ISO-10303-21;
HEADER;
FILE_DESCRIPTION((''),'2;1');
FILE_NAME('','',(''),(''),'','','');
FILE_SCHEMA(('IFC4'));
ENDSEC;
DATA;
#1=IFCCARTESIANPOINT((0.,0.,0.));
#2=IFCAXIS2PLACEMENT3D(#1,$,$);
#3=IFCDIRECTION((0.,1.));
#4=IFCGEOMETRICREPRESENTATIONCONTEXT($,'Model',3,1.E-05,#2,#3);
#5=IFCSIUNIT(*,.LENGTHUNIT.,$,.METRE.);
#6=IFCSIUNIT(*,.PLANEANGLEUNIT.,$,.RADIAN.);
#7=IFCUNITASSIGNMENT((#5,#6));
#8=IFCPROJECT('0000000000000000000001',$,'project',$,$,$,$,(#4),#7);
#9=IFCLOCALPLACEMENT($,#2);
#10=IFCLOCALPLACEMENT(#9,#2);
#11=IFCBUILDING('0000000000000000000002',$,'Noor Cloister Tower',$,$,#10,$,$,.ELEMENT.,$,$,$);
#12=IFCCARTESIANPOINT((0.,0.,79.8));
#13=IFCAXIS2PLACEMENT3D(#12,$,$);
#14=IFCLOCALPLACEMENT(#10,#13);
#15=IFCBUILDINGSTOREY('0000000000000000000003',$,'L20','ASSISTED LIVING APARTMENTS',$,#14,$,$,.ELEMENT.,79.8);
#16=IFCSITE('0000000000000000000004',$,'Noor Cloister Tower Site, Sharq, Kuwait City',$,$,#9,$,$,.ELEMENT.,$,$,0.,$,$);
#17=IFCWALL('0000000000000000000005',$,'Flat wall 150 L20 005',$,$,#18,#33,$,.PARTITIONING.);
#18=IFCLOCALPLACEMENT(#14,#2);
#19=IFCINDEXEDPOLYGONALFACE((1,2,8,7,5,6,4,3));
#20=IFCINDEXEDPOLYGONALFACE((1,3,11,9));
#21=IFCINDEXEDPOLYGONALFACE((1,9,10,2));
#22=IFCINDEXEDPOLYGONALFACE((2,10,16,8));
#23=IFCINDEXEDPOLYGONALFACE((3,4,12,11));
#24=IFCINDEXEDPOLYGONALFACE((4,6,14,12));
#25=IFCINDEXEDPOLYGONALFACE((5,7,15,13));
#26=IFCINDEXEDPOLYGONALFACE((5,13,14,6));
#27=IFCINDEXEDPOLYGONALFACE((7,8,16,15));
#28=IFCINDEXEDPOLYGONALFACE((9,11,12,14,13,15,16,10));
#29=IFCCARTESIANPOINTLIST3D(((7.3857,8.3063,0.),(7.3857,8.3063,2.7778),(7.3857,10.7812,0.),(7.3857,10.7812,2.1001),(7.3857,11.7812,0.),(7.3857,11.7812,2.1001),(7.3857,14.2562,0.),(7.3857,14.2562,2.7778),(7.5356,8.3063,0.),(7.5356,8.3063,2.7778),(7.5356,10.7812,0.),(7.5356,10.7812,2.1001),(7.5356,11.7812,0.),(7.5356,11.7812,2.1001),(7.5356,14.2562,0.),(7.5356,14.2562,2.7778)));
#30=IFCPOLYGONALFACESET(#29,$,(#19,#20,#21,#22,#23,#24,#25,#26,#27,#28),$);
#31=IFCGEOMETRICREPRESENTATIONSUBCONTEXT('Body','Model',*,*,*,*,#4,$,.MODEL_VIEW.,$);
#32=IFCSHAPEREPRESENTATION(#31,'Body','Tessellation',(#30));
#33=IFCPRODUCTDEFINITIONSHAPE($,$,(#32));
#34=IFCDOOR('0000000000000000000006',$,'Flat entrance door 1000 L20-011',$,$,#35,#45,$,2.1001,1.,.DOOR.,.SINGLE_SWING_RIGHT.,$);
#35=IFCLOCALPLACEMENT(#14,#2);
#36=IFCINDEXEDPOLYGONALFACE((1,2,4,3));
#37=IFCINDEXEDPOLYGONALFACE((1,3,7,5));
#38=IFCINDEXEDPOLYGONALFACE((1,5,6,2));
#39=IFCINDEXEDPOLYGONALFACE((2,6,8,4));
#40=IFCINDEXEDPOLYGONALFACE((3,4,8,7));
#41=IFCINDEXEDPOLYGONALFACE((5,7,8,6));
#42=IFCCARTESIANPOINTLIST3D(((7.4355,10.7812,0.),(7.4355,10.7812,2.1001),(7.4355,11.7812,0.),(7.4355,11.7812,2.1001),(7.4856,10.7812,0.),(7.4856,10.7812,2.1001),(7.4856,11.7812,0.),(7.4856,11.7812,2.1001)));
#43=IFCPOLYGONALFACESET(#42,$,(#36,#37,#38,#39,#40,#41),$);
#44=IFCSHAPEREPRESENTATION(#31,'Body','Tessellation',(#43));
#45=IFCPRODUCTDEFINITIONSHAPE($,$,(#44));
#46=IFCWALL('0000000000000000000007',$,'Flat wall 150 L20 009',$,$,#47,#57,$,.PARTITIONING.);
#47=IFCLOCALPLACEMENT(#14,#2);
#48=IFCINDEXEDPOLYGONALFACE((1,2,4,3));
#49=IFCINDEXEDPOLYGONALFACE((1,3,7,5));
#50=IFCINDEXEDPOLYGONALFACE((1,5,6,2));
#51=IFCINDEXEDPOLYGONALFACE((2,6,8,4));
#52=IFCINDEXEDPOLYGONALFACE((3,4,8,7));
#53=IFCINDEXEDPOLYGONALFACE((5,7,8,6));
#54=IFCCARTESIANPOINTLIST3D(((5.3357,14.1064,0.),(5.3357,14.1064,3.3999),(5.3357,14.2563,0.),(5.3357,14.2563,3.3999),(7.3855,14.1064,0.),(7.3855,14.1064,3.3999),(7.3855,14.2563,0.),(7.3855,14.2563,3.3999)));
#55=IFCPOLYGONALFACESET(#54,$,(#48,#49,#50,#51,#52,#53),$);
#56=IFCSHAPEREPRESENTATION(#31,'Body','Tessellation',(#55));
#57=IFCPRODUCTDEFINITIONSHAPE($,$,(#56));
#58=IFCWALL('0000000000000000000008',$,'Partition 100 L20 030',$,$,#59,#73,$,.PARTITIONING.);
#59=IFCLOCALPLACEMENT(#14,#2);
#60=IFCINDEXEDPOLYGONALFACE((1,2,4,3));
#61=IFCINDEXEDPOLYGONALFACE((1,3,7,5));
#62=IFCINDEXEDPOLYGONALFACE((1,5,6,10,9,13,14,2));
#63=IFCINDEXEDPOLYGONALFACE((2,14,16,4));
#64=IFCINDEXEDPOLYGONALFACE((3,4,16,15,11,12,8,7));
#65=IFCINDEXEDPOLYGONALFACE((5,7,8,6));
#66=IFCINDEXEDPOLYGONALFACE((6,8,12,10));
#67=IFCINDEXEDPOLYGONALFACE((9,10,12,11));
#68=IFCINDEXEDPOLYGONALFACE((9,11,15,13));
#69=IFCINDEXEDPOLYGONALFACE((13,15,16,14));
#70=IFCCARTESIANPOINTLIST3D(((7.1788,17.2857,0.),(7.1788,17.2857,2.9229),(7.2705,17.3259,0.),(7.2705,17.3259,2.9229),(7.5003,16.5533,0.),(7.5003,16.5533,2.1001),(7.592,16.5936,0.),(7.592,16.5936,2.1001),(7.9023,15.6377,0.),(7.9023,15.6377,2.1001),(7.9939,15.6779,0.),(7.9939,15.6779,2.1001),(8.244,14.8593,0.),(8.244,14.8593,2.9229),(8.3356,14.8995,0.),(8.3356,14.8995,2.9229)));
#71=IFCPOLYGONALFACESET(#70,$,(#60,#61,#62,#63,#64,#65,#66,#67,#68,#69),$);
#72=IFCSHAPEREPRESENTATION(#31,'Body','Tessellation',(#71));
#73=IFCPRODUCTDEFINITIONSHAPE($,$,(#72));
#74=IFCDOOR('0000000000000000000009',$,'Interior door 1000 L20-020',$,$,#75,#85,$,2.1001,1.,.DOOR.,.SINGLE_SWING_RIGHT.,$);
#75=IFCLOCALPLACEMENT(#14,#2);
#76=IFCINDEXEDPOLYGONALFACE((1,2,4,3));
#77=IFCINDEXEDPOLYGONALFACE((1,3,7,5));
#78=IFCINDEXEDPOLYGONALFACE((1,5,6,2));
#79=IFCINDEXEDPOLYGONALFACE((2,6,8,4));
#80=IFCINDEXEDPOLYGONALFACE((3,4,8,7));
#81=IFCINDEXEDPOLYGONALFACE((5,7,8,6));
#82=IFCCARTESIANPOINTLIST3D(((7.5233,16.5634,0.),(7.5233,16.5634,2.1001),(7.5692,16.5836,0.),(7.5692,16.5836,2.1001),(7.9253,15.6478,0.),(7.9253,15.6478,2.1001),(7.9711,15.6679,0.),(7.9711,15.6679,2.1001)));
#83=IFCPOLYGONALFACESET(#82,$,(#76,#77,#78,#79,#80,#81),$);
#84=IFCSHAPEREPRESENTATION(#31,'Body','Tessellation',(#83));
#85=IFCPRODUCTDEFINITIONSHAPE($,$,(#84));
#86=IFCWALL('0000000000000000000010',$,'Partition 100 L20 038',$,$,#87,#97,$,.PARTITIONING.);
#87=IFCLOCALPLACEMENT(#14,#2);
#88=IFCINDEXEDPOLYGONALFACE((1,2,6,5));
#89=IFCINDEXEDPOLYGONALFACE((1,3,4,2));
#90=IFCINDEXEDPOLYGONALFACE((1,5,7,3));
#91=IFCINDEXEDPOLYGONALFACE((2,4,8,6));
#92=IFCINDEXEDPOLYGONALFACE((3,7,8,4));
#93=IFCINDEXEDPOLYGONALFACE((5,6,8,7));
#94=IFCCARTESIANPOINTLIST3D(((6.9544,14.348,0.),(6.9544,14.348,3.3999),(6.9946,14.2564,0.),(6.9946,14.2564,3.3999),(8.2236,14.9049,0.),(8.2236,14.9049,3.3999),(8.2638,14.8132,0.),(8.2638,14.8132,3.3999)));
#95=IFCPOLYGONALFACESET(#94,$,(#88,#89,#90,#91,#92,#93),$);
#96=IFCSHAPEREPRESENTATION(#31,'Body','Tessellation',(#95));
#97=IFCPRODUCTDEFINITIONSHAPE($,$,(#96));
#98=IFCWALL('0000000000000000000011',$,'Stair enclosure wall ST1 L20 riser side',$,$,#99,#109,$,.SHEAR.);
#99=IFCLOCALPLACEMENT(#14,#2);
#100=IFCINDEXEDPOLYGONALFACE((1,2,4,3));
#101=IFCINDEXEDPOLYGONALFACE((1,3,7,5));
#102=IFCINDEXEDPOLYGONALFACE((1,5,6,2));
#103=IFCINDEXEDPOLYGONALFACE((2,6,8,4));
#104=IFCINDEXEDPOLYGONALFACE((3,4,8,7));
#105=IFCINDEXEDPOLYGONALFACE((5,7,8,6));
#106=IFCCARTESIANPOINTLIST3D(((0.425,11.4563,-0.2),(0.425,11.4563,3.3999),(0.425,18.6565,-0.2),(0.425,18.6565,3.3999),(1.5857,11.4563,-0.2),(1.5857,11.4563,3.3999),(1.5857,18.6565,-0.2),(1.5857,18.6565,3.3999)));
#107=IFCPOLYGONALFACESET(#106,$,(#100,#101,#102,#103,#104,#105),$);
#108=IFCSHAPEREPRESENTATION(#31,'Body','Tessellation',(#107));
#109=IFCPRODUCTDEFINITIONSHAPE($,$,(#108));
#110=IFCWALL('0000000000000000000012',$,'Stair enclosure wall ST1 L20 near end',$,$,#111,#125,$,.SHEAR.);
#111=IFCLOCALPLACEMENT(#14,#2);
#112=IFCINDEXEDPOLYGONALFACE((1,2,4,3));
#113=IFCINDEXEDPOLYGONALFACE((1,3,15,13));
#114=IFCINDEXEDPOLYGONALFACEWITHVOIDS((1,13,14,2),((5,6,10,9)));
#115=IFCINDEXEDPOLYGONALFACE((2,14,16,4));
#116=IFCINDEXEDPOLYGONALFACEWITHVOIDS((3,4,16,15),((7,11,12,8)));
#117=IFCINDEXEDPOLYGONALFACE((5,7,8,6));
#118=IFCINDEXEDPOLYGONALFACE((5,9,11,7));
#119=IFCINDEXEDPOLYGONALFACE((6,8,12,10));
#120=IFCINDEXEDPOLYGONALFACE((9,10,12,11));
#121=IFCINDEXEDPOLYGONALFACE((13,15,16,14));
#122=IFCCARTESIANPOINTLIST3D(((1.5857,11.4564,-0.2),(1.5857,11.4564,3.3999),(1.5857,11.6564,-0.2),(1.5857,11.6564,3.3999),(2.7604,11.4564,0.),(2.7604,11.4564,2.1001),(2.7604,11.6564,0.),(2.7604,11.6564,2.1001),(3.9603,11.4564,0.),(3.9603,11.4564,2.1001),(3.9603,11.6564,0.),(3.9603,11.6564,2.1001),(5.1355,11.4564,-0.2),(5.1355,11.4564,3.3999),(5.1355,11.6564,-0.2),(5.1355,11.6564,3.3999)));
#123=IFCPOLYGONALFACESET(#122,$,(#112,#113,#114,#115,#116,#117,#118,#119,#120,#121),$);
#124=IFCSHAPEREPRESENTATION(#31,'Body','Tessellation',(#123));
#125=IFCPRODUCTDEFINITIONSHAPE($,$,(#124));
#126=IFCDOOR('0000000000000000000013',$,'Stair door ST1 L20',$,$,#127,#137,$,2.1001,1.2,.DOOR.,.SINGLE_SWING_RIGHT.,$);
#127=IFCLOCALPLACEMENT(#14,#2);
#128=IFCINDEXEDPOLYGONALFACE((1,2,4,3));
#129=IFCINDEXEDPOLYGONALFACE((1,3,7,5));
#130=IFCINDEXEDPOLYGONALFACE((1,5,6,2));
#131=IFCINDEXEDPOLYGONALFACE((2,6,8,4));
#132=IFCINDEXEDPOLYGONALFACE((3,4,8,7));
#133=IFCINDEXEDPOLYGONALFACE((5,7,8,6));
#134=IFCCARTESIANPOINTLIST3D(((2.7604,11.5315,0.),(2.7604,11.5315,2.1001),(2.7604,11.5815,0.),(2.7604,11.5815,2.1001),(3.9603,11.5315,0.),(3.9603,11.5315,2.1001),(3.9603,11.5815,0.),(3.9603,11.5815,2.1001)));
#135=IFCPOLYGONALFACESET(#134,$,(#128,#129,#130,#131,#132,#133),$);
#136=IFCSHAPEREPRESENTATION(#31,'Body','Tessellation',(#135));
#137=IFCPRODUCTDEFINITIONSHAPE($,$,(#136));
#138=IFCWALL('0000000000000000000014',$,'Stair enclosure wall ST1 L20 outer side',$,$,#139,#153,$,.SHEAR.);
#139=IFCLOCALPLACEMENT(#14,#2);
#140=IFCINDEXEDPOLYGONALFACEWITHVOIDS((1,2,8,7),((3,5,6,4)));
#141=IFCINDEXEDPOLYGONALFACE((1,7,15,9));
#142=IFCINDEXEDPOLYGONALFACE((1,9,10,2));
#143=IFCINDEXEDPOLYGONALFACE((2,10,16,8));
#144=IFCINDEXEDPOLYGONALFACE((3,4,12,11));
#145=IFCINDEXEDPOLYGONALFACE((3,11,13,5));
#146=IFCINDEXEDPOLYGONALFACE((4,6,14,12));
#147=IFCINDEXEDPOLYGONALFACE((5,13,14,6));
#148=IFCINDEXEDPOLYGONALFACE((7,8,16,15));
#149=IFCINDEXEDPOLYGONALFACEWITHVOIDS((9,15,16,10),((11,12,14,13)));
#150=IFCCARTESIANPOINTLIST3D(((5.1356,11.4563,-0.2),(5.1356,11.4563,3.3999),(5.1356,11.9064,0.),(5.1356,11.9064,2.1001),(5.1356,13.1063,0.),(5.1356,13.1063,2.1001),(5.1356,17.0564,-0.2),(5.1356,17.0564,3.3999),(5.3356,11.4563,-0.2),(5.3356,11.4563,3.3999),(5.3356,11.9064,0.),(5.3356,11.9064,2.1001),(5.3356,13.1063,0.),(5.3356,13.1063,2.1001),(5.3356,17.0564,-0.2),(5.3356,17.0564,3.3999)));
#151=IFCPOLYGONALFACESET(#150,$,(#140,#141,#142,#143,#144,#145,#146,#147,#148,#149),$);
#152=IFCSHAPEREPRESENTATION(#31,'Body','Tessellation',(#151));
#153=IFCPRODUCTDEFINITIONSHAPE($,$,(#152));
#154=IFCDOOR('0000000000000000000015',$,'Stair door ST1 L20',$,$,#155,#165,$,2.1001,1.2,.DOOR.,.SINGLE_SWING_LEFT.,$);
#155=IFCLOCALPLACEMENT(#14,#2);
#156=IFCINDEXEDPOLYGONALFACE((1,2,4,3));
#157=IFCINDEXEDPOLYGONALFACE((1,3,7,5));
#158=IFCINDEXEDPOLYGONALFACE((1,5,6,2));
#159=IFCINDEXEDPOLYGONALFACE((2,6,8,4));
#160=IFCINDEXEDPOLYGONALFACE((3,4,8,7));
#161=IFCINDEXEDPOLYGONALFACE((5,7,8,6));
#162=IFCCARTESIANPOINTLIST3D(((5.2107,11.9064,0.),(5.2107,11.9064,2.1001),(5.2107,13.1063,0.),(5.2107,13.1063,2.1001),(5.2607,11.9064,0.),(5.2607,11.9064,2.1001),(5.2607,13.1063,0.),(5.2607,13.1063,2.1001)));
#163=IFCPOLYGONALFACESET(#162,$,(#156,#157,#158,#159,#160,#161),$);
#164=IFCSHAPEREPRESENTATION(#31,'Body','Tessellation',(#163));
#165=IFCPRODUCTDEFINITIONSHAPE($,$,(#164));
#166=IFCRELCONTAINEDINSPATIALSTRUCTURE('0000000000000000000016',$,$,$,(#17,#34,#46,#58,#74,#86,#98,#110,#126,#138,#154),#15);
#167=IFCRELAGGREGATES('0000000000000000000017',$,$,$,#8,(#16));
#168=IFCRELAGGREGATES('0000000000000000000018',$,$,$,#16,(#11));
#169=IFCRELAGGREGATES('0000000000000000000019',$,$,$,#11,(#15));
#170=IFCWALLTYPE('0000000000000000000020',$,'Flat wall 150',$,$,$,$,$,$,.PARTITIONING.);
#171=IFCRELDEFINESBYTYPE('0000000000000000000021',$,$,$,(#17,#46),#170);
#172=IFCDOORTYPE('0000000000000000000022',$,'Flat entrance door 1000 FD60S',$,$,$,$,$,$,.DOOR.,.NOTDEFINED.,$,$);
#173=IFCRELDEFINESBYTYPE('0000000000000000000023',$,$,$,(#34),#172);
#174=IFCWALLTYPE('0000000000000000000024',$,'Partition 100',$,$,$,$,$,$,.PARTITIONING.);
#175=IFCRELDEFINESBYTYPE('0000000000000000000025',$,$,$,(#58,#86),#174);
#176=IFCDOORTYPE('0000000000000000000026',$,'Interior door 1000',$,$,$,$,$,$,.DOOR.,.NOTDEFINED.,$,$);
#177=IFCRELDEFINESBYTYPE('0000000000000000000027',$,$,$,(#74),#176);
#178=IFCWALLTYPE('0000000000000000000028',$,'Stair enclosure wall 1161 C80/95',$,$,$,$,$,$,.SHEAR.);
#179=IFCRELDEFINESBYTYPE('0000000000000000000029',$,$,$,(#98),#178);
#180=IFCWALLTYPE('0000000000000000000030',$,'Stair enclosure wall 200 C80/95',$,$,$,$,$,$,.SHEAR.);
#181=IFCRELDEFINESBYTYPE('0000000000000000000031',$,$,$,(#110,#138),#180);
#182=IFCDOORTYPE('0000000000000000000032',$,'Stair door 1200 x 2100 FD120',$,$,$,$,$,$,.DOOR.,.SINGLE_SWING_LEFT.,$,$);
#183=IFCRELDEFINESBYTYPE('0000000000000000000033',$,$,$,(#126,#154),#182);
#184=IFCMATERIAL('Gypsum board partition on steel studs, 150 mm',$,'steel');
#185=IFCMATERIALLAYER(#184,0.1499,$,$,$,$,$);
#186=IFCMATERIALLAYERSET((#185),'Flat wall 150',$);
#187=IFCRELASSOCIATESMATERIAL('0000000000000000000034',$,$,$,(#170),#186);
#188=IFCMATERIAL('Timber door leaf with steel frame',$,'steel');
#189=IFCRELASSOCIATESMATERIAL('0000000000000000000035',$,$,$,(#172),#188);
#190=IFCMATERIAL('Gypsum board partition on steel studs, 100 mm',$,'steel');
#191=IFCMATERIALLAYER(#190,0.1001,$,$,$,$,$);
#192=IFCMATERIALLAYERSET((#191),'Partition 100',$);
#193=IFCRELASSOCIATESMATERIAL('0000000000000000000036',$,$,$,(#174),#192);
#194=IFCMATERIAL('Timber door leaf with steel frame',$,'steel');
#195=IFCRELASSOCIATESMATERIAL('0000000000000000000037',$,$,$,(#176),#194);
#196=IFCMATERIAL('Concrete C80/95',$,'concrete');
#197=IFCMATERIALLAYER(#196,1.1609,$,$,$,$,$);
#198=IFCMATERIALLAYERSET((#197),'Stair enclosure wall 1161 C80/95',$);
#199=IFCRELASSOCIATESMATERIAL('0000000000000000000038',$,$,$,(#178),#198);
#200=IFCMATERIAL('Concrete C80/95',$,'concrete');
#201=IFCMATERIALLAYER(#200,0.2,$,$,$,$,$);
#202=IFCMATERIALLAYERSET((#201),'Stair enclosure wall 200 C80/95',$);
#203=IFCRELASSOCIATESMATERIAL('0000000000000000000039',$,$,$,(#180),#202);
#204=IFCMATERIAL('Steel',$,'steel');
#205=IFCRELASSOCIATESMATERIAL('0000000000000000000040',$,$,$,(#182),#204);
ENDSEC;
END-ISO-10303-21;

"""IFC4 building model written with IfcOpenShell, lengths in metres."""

from ifc_helpers import new_model, si_unit, direction, frame, frame_2d, origin, place, context, subcontext, project, spatial, rectangle, extrude, material, layer, layer_set, type_object, element, fill, save


model = new_model("IFC4")

# Units and contexts
model_context = context("Model", 3, precision=1e-05, world=origin(), true_north=direction((0.0, 1.0)))
body_context = subcontext(model_context, "Body", "Model", "MODEL_VIEW")
ifc_project = project(units=[si_unit("LENGTHUNIT", "METRE"), si_unit("PLANEANGLEUNIT", "RADIAN")], contexts=[model_context])

# Site, building, storey
site_placement = place(None, origin())
site = spatial("IfcSite", under=ifc_project, at=site_placement, Name="Noor Cloister Tower Site, Sharq, Kuwait City", CompositionType="ELEMENT", RefElevation=0.0)
building_placement = place(site_placement, origin())
building = spatial("IfcBuilding", under=site, at=building_placement, Name="Noor Cloister Tower", CompositionType="ELEMENT")
storey_placement = place(building_placement, frame((0.0, 0.0, 79.8)))
storey = spatial("IfcBuildingStorey", under=building, at=storey_placement, Name="L20", Description="ASSISTED LIVING APARTMENTS", CompositionType="ELEMENT", Elevation=79.8)

# Wall, opening, door
ifc_material_1 = material(Name="Gypsum board partition on steel studs, 150 mm", Category="steel")
ifc_layer_1 = layer(ifc_material_1, 0.1499)
ifc_layer_set_1 = layer_set([ifc_layer_1], Name="Flat wall 150")
wall_type_1 = type_object("IfcWallType", Name="Flat wall 150", PredefinedType="PARTITIONING", material=ifc_layer_set_1)
wall_1_placement = place(storey_placement, frame((7.4607, 14.2563, 0.0), z_axis=(0.0, 0.0, 1.0), x_axis=(0.0, -1.0, 0.0)))
wall_1 = element("IfcWall", 1, at=wall_1_placement, inside=storey, type_object=wall_type_1, Name="Flat wall 150 L20 005", PredefinedType="PARTITIONING", context=body_context, shape_type="SweptSolid", body=[
    extrude(rectangle(XDim=5.95, YDim=0.1499, at=frame_2d((2.9751, 0.0))), origin(), (0.0, 0.0, 1.0), 2.7778),
])
opening_1_placement = place(wall_1_placement, frame((2.4751, 0.0, 0.0)))
opening_1 = element("IfcOpeningElement", 2, at=opening_1_placement, cuts=wall_1, PredefinedType="OPENING", context=body_context, shape_type="SweptSolid", body=[
    extrude(rectangle(XDim=1.0, YDim=2.1001, at=frame_2d((0.5, 1.05))), frame((0.0, 0.085, 0.0), z_axis=(0.0, -1.0, 0.0), x_axis=(1.0, 0.0, 0.0)), (0.0, 0.0, 1.0), 0.1699),
])
ifc_material_2 = material(Name="Timber door leaf with steel frame", Category="steel")
door_type_1 = type_object("IfcDoorType", Name="Flat entrance door 1000 FD60S", OperationType="NOTDEFINED", PredefinedType="DOOR", material=ifc_material_2)
door_1_placement = place(opening_1_placement, origin())
door_1 = element("IfcDoor", 3, at=door_1_placement, inside=storey, type_object=door_type_1, Name="Flat entrance door 1000 L20-011", OperationType="SINGLE_SWING_RIGHT", OverallHeight=2.1001, OverallWidth=1.0, PredefinedType="DOOR", context=body_context, shape_type="SweptSolid", body=[
    extrude(rectangle(XDim=1.0, YDim=2.1001, at=frame_2d((0.5, 1.05))), frame((0.0, 0.0249, 0.0), z_axis=(0.0, -1.0, 0.0), x_axis=(1.0, 0.0, 0.0)), (0.0, 0.0, 1.0), 0.05),
])
fill(opening_1, door_1)

# Wall
wall_2_placement = place(storey_placement, frame((5.3357, 14.1814, 0.0), z_axis=(0.0, 0.0, 1.0), x_axis=(1.0, 0.0, 0.0)))
element("IfcWall", 4, at=wall_2_placement, inside=storey, type_object=wall_type_1, Name="Flat wall 150 L20 009", PredefinedType="PARTITIONING", context=body_context, shape_type="SweptSolid", body=[
    extrude(rectangle(XDim=2.0498, YDim=0.1499, at=frame_2d((1.0249, 0.0))), origin(), (0.0, 0.0, 1.0), 3.3999),
])

# Wall, opening, door
ifc_material_3 = material(Name="Gypsum board partition on steel studs, 100 mm", Category="steel")
ifc_layer_2 = layer(ifc_material_3, 0.1001)
ifc_layer_set_2 = layer_set([ifc_layer_2], Name="Partition 100")
wall_type_2 = type_object("IfcWallType", Name="Partition 100", PredefinedType="PARTITIONING", material=ifc_layer_set_2)
wall_3_placement = place(storey_placement, frame((8.2898, 14.8794, 0.0), z_axis=(0.0, 0.0, 1.0), x_axis=(-0.401954, 0.91566, 0.0)))
wall_3 = element("IfcWall", 5, at=wall_3_placement, inside=storey, type_object=wall_type_2, Name="Partition 100 L20 030", PredefinedType="PARTITIONING", context=body_context, shape_type="SweptSolid", body=[
    extrude(rectangle(XDim=2.6499, YDim=0.1001, at=frame_2d((1.325, 0.0))), origin(), (0.0, 0.0, 1.0), 2.9229),
])
opening_2_placement = place(wall_3_placement, frame((0.8501, 0.0, 0.0)))
opening_2 = element("IfcOpeningElement", 6, at=opening_2_placement, cuts=wall_3, PredefinedType="OPENING", context=body_context, shape_type="SweptSolid", body=[
    extrude(rectangle(XDim=1.0, YDim=2.1001, at=frame_2d((0.5, 1.05))), frame((0.0, 0.0601, 0.0), z_axis=(0.0, -1.0, 0.0), x_axis=(1.0, 0.0, 0.0)), (0.0, 0.0, 1.0), 0.1201),
])
ifc_material_4 = material(Name="Timber door leaf with steel frame", Category="steel")
door_type_2 = type_object("IfcDoorType", Name="Interior door 1000", OperationType="NOTDEFINED", PredefinedType="DOOR", material=ifc_material_4)
door_2_placement = place(opening_2_placement, origin())
door_2 = element("IfcDoor", 7, at=door_2_placement, inside=storey, type_object=door_type_2, Name="Interior door 1000 L20-020", OperationType="SINGLE_SWING_RIGHT", OverallHeight=2.1001, OverallWidth=1.0, PredefinedType="DOOR", context=body_context, shape_type="SweptSolid", body=[
    extrude(rectangle(XDim=1.0, YDim=2.1001, at=frame_2d((0.5, 1.05))), frame((0.0, 0.0249, 0.0), z_axis=(0.0, -1.0, 0.0), x_axis=(1.0, 0.0, 0.0)), (0.0, 0.0, 1.0), 0.05),
])
fill(opening_2, door_2)

# Walls
wall_4_placement = place(storey_placement, frame((6.9746, 14.3022, 0.0), z_axis=(0.0, 0.0, 1.0), x_axis=(0.91574, 0.40177, 0.0)))
element("IfcWall", 8, at=wall_4_placement, inside=storey, type_object=wall_type_2, Name="Partition 100 L20 038", PredefinedType="PARTITIONING", context=body_context, shape_type="SweptSolid", body=[
    extrude(rectangle(XDim=1.386, YDim=0.1001, at=frame_2d((0.6929, 0.0))), origin(), (0.0, 0.0, 1.0), 3.3999),
])
ifc_material_5 = material(Name="Concrete C80/95", Category="concrete")
ifc_layer_3 = layer(ifc_material_5, 1.1609)
ifc_layer_set_3 = layer_set([ifc_layer_3], Name="Stair enclosure wall 1161 C80/95")
wall_type_3 = type_object("IfcWallType", Name="Stair enclosure wall 1161 C80/95", PredefinedType="SHEAR", material=ifc_layer_set_3)
wall_5_placement = place(storey_placement, frame((1.0054, 11.4563, -0.2), z_axis=(0.0, 0.0, 1.0), x_axis=(0.0, 1.0, 0.0)))
element("IfcWall", 9, at=wall_5_placement, inside=storey, type_object=wall_type_3, Name="Stair enclosure wall ST1 L20 riser side", PredefinedType="SHEAR", context=body_context, shape_type="SweptSolid", body=[
    extrude(rectangle(XDim=7.2002, YDim=1.1606, at=frame_2d((3.6001, 0.0))), origin(), (0.0, 0.0, 1.0), 3.5999),
])

# Walls, openings, doors
ifc_material_6 = material(Name="Concrete C80/95", Category="concrete")
ifc_layer_4 = layer(ifc_material_6, 0.2)
ifc_layer_set_4 = layer_set([ifc_layer_4], Name="Stair enclosure wall 200 C80/95")
wall_type_4 = type_object("IfcWallType", Name="Stair enclosure wall 200 C80/95", PredefinedType="SHEAR", material=ifc_layer_set_4)
wall_6_placement = place(storey_placement, frame((5.1355, 11.5564, -0.2), z_axis=(0.0, 0.0, 1.0), x_axis=(-1.0, 0.0, 0.0)))
wall_6 = element("IfcWall", 10, at=wall_6_placement, inside=storey, type_object=wall_type_4, Name="Stair enclosure wall ST1 L20 near end", PredefinedType="SHEAR", context=body_context, shape_type="SweptSolid", body=[
    extrude(rectangle(XDim=3.5498, YDim=0.2, at=frame_2d((1.7749, 0.0))), origin(), (0.0, 0.0, 1.0), 3.5999),
])
opening_3_placement = place(wall_6_placement, frame((1.175, 0.0, 0.2)))
opening_3 = element("IfcOpeningElement", 11, at=opening_3_placement, cuts=wall_6, PredefinedType="OPENING", context=body_context, shape_type="SweptSolid", body=[
    extrude(rectangle(XDim=1.2, YDim=2.1001, at=frame_2d((0.6001, 1.05))), frame((0.0, 0.1099, 0.0), z_axis=(0.0, -1.0, 0.0), x_axis=(1.0, 0.0, 0.0)), (0.0, 0.0, 1.0), 0.22),
])
ifc_material_7 = material(Name="Steel", Category="steel")
door_type_3 = type_object("IfcDoorType", Name="Stair door 1200 x 2100 FD120", OperationType="SINGLE_SWING_LEFT", PredefinedType="DOOR", material=ifc_material_7)
door_3_placement = place(opening_3_placement, origin())
door_3 = element("IfcDoor", 12, at=door_3_placement, inside=storey, type_object=door_type_3, Name="Stair door ST1 L20", OperationType="SINGLE_SWING_RIGHT", OverallHeight=2.1001, OverallWidth=1.2, PredefinedType="DOOR", context=body_context, shape_type="SweptSolid", body=[
    extrude(rectangle(XDim=1.2, YDim=2.1001, at=frame_2d((0.6001, 1.05))), frame((0.0, 0.0249, 0.0), z_axis=(0.0, -1.0, 0.0), x_axis=(1.0, 0.0, 0.0)), (0.0, 0.0, 1.0), 0.05),
])
fill(opening_3, door_3)
wall_7_placement = place(storey_placement, frame((5.2356, 11.4563, -0.2), z_axis=(0.0, 0.0, 1.0), x_axis=(0.0, 1.0, 0.0)))
wall_7 = element("IfcWall", 13, at=wall_7_placement, inside=storey, type_object=wall_type_4, Name="Stair enclosure wall ST1 L20 outer side", PredefinedType="SHEAR", context=body_context, shape_type="SweptSolid", body=[
    extrude(rectangle(XDim=5.6001, YDim=0.2, at=frame_2d((2.8, 0.0))), origin(), (0.0, 0.0, 1.0), 3.5999),
])
opening_4_placement = place(wall_7_placement, frame((0.45, 0.0, 0.2)))
opening_4 = element("IfcOpeningElement", 14, at=opening_4_placement, cuts=wall_7, PredefinedType="OPENING", context=body_context, shape_type="SweptSolid", body=[
    extrude(rectangle(XDim=1.2, YDim=2.1001, at=frame_2d((0.6001, 1.05))), frame((0.0, 0.1099, 0.0), z_axis=(0.0, -1.0, 0.0), x_axis=(1.0, 0.0, 0.0)), (0.0, 0.0, 1.0), 0.22),
])
door_4_placement = place(opening_4_placement, origin())
door_4 = element("IfcDoor", 15, at=door_4_placement, inside=storey, type_object=door_type_3, Name="Stair door ST1 L20", OperationType="SINGLE_SWING_LEFT", OverallHeight=2.1001, OverallWidth=1.2, PredefinedType="DOOR", context=body_context, shape_type="SweptSolid", body=[
    extrude(rectangle(XDim=1.2, YDim=2.1001, at=frame_2d((0.6001, 1.05))), frame((0.0, 0.0249, 0.0), z_axis=(0.0, -1.0, 0.0), x_axis=(1.0, 0.0, 0.0)), (0.0, 0.0, 1.0), 0.05),
])
fill(opening_4, door_4)

save(model, "model.ifc")
